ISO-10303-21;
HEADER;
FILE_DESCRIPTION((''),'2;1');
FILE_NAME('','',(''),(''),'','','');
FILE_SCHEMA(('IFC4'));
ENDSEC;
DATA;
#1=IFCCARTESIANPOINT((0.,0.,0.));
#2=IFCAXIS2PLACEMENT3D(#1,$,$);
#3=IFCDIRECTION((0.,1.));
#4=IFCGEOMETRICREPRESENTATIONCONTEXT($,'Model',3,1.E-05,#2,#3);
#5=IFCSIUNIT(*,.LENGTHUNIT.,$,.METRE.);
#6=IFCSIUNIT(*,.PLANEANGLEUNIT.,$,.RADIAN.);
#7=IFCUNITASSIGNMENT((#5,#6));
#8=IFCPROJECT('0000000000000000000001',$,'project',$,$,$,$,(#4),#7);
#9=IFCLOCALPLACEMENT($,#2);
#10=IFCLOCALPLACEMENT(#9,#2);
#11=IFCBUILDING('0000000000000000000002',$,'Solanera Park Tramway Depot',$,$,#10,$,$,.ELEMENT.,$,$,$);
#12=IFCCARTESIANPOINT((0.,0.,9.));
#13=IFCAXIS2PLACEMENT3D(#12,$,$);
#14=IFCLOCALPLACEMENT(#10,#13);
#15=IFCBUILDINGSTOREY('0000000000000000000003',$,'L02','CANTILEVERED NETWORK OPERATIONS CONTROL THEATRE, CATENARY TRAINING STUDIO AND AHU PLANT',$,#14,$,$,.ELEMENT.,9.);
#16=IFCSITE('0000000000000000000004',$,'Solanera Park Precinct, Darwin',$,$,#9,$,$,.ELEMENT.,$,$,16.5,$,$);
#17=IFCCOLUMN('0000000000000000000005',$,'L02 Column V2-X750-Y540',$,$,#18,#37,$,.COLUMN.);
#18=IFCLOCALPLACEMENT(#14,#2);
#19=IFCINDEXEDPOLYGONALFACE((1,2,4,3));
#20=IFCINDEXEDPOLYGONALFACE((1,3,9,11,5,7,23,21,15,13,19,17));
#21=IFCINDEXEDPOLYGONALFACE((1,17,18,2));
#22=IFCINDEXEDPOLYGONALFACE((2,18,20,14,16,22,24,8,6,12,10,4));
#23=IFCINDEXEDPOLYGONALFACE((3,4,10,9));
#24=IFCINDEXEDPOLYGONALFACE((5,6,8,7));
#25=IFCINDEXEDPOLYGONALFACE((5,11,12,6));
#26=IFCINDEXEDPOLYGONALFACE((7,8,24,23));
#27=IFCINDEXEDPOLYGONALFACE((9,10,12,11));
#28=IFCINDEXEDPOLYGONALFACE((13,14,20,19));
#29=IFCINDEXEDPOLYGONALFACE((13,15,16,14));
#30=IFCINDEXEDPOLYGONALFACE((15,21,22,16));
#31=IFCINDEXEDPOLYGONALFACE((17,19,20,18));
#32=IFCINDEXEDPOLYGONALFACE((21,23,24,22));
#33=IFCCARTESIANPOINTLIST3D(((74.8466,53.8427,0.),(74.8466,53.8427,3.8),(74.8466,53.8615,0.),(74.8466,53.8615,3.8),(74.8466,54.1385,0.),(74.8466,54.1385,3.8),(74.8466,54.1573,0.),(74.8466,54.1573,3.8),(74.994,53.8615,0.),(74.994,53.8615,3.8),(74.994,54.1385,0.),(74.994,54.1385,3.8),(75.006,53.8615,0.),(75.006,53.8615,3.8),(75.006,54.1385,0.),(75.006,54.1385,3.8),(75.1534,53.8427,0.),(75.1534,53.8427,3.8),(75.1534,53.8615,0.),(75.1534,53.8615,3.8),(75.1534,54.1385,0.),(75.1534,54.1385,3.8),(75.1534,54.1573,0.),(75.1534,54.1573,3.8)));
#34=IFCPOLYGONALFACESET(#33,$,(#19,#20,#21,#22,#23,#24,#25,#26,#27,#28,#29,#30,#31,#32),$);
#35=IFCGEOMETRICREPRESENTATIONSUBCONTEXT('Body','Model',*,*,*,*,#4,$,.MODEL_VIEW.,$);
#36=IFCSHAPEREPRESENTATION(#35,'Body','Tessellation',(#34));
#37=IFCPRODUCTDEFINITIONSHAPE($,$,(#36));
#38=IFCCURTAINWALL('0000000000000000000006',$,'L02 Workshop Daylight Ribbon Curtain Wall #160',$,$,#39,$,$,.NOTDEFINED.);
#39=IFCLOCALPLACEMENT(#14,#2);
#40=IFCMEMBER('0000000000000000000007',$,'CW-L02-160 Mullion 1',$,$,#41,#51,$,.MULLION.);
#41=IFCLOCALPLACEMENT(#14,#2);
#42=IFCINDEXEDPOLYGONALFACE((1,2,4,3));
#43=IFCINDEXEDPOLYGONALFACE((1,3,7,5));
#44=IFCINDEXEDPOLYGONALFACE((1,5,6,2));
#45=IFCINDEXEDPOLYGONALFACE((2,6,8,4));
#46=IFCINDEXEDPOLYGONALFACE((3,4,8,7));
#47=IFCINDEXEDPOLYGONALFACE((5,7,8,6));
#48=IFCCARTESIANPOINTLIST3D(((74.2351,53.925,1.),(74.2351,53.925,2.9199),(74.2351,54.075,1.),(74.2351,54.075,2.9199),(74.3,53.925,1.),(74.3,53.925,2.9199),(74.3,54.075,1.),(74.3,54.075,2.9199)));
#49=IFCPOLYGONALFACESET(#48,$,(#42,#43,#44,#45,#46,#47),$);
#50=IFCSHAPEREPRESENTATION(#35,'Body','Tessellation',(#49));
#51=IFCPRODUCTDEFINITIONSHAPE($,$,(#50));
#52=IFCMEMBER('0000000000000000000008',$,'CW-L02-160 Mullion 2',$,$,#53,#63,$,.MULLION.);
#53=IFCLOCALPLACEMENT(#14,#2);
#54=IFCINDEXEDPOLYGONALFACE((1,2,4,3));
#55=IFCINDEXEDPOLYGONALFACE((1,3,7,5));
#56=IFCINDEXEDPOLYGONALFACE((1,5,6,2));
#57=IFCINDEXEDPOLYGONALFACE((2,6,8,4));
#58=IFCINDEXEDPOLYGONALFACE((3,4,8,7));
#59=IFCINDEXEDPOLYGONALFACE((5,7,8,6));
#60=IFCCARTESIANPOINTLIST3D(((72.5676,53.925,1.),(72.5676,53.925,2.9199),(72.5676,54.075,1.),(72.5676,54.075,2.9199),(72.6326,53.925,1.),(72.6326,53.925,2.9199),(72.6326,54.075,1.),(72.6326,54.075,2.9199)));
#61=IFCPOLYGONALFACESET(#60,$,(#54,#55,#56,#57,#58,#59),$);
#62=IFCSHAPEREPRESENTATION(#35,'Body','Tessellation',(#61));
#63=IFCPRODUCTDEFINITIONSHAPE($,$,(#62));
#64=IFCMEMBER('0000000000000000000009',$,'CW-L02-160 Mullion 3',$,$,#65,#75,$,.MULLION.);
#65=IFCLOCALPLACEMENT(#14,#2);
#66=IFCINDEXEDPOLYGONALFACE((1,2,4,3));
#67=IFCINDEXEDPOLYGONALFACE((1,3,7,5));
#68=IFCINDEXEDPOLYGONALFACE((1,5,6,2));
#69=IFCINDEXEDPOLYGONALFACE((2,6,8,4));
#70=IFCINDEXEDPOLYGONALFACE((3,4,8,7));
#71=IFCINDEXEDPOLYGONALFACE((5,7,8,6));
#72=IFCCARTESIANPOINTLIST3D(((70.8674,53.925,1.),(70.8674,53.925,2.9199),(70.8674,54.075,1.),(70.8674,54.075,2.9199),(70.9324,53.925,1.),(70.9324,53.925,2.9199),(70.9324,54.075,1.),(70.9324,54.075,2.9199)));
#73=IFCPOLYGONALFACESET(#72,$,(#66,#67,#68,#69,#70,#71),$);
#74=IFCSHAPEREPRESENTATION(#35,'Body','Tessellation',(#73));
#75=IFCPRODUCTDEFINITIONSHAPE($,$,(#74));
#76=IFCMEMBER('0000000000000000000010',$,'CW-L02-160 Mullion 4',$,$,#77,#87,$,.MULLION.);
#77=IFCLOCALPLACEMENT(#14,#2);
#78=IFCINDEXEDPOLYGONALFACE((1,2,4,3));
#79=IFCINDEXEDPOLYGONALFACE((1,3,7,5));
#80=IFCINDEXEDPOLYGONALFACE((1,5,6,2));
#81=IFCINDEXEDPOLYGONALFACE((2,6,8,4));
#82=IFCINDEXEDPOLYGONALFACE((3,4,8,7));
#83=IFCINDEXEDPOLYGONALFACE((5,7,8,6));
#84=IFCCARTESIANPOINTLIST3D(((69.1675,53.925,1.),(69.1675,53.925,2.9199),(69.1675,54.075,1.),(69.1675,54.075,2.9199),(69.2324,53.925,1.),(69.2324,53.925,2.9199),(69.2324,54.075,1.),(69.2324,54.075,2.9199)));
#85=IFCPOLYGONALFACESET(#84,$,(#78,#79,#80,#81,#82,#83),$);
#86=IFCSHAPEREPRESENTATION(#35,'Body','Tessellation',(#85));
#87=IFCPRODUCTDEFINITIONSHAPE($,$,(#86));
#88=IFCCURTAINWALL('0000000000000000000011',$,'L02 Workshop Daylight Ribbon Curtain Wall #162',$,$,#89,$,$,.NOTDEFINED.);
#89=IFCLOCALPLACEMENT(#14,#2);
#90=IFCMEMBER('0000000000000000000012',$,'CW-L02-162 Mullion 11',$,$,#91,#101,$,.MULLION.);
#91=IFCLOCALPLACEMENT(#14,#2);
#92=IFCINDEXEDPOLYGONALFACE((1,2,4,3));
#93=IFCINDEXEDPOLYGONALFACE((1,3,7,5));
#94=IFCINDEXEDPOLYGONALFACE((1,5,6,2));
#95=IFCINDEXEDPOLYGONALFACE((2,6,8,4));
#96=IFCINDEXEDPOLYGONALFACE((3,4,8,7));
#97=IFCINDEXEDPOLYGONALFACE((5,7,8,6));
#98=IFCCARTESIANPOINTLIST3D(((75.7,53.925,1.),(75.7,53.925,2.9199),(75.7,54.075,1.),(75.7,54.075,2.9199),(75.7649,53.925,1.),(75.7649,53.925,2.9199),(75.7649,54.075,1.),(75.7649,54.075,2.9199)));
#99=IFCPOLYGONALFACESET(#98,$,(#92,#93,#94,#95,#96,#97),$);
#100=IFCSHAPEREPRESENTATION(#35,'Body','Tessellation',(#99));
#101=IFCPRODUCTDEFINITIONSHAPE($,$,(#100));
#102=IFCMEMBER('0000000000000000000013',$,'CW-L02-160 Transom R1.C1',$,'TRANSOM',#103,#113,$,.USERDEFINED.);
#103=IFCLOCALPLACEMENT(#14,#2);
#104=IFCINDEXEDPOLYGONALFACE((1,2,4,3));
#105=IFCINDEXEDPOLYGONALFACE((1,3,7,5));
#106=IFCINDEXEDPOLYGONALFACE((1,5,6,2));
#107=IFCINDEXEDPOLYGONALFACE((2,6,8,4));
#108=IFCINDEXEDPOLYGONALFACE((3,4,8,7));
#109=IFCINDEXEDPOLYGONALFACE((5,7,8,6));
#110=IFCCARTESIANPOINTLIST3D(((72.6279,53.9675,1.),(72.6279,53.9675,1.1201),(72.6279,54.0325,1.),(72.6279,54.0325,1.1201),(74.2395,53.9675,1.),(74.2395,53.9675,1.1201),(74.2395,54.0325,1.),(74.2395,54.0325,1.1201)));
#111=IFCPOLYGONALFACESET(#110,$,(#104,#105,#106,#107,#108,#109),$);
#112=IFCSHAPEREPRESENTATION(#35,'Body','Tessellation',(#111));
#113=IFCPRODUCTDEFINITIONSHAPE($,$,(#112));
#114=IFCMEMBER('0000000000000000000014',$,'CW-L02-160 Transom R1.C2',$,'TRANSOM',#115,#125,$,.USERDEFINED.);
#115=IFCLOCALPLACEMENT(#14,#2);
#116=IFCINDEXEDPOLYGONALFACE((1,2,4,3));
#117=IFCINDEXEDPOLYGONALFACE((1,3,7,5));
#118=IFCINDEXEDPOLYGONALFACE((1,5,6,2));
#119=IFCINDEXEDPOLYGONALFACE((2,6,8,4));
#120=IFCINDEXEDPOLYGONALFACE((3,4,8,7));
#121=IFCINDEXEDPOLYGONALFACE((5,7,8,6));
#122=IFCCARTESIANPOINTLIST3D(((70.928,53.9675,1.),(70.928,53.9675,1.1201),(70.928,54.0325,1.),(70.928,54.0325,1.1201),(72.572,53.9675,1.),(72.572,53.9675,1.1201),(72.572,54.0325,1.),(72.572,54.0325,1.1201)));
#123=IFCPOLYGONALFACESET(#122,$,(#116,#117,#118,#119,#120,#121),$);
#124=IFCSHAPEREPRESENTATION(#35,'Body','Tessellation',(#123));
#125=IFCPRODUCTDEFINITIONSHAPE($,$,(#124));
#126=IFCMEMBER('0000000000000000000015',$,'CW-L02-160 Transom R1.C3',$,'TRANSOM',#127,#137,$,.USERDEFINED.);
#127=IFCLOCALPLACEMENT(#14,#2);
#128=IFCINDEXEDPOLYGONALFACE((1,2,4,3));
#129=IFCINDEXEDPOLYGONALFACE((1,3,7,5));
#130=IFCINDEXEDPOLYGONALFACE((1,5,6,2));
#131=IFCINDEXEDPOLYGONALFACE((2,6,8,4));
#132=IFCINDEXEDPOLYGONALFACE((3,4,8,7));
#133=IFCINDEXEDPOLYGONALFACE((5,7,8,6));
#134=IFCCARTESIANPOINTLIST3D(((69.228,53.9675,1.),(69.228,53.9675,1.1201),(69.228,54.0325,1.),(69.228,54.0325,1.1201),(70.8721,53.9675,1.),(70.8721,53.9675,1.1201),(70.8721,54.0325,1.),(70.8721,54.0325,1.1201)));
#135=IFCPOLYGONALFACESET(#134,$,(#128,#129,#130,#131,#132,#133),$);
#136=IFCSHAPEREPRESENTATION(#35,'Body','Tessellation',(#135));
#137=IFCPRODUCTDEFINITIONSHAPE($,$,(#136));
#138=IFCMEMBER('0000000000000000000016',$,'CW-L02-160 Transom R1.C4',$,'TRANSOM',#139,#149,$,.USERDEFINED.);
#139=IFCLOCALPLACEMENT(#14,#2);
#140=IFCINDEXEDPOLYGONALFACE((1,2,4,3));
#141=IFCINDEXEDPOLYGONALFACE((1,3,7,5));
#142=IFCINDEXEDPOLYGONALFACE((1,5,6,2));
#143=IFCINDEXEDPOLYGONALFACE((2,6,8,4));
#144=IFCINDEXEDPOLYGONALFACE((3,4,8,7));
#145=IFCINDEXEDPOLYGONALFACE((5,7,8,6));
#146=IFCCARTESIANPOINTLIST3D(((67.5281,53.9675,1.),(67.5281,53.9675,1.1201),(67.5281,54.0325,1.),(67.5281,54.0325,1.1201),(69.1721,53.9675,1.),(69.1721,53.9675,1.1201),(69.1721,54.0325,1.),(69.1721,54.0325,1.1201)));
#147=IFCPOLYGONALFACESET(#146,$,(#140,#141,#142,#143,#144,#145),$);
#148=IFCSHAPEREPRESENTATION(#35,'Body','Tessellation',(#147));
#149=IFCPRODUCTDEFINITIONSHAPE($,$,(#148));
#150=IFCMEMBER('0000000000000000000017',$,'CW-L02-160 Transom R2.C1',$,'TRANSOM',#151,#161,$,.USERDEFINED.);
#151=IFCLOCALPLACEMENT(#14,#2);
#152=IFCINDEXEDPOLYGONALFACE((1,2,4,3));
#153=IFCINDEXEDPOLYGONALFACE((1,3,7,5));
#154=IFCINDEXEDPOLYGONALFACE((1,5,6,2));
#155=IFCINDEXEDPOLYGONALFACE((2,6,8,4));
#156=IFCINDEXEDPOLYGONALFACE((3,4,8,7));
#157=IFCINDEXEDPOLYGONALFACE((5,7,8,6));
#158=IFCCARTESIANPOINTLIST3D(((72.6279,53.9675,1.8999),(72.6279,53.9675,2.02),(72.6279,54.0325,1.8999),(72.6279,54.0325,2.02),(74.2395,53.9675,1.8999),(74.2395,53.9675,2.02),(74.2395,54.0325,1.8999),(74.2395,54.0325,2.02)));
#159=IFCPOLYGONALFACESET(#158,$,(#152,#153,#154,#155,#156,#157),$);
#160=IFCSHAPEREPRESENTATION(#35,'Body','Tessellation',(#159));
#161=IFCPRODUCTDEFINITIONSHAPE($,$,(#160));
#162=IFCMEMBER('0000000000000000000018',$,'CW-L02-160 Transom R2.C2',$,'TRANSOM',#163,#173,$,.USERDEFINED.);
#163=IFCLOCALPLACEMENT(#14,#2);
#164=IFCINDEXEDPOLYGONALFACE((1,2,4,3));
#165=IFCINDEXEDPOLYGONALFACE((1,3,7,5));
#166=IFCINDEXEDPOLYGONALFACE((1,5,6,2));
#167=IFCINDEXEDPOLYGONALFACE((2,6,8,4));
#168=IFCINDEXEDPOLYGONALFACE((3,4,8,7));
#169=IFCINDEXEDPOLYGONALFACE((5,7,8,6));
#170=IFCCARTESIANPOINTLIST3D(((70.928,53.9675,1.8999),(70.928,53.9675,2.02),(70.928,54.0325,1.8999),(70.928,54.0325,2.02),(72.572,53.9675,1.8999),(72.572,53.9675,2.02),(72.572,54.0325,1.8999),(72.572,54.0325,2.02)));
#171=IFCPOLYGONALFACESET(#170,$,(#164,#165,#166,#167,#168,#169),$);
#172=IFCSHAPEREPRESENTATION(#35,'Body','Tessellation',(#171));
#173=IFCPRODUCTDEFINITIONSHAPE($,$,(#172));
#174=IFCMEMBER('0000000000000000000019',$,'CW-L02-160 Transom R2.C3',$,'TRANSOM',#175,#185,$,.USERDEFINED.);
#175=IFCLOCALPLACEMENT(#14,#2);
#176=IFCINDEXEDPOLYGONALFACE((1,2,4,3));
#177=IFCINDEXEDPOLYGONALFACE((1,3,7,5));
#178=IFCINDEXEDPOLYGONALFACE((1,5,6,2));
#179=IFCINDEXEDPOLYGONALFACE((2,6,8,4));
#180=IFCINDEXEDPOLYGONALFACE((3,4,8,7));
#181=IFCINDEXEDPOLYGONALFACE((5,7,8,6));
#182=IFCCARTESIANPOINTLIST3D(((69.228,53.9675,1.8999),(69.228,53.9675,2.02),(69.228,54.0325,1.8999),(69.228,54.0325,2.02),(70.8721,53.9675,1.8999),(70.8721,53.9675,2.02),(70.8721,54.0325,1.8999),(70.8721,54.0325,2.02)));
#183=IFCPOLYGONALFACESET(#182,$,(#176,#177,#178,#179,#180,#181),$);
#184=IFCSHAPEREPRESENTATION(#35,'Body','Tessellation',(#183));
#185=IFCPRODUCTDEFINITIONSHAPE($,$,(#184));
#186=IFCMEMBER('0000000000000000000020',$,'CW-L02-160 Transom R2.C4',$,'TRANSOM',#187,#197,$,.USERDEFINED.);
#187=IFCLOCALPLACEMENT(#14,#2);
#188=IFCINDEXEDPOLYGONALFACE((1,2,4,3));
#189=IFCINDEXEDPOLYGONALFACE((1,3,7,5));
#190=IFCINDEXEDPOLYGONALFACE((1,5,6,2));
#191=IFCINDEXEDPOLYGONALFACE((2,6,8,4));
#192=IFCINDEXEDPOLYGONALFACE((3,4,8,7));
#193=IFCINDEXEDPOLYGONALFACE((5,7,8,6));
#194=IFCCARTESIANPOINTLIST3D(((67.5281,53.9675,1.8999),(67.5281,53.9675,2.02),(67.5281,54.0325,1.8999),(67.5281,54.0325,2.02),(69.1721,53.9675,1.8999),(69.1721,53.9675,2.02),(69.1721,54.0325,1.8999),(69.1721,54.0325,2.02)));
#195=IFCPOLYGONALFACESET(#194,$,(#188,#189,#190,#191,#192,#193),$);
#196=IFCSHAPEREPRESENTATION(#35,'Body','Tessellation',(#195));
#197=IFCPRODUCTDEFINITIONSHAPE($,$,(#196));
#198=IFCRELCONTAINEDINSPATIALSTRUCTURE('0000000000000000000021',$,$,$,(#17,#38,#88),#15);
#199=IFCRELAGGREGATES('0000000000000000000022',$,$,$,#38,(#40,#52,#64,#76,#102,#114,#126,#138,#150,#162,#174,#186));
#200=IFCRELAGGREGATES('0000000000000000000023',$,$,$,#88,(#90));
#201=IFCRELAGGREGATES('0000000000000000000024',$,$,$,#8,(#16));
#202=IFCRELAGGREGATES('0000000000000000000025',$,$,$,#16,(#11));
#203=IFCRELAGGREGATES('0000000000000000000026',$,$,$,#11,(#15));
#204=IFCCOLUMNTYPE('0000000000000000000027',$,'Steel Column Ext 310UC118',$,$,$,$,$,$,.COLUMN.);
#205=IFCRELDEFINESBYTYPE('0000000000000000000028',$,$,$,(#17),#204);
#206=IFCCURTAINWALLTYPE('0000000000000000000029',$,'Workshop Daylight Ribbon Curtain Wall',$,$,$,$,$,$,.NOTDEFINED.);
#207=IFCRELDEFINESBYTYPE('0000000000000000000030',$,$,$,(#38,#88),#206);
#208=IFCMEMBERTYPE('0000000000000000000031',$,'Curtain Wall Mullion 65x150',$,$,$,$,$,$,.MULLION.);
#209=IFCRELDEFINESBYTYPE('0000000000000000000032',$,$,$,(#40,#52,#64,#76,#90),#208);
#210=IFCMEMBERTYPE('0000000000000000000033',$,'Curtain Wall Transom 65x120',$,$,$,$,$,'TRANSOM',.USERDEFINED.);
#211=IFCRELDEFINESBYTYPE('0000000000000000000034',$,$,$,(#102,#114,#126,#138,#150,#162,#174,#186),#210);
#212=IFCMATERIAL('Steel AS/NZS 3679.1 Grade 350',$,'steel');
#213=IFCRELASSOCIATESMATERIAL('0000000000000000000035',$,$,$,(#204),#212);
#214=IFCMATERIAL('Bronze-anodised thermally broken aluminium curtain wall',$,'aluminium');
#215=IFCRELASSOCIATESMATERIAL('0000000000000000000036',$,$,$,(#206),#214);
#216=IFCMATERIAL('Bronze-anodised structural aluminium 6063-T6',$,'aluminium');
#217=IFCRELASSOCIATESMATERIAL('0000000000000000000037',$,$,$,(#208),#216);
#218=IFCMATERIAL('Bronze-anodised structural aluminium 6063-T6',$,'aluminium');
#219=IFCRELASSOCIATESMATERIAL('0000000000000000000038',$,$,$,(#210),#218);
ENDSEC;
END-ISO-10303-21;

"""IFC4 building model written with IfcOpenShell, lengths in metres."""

from ifc_helpers import new_model, si_unit, direction, frame, origin, origin_2d, place, context, subcontext, project, spatial, rectangle, i_section, extrude, material, material_profile, profile_set, type_object, element, aggregate, save


model = new_model("IFC4")

# Units and contexts
model_context = context("Model", 3, precision=1e-05, world=origin(), true_north=direction((0.0, 1.0)))
body_context = subcontext(model_context, "Body", "Model", "MODEL_VIEW")
ifc_project = project(units=[si_unit("LENGTHUNIT", "METRE"), si_unit("PLANEANGLEUNIT", "RADIAN")], contexts=[model_context])

# Site, building, storey
site_placement = place(None, origin())
site = spatial("IfcSite", under=ifc_project, at=site_placement, Name="Solanera Park Precinct, Darwin", CompositionType="ELEMENT", RefElevation=16.5)
building_placement = place(site_placement, origin())
building = spatial("IfcBuilding", under=site, at=building_placement, Name="Solanera Park Tramway Depot", CompositionType="ELEMENT")
storey_placement = place(building_placement, frame((0.0, 0.0, 9.0)))
storey = spatial("IfcBuildingStorey", under=building, at=storey_placement, Name="L02", Description="CANTILEVERED NETWORK OPERATIONS CONTROL THEATRE, CATENARY TRAINING STUDIO AND AHU PLANT", CompositionType="ELEMENT", Elevation=9.0)

# Column
ifc_material_1 = material(Name="Steel AS/NZS 3679.1 Grade 350", Category="steel")
ifc_material_profile_1 = material_profile(ifc_material_1, i_section(OverallWidth=0.3069, OverallDepth=0.3147, WebThickness=0.012, FlangeThickness=0.0188, at=origin_2d()), Name="310UC118")
ifc_profile_set_1 = profile_set([ifc_material_profile_1], Name="Steel AS/NZS 3679.1 Grade 350")
column_type = type_object("IfcColumnType", Name="Steel Column Ext 310UC118", PredefinedType="COLUMN", material=ifc_profile_set_1)
column_placement = place(storey_placement, frame((75.0, 54.0, 0.0), z_axis=(0.0, 0.0, 1.0), x_axis=(1.0, 0.0, 0.0)))
element("IfcColumn", 1, at=column_placement, inside=storey, type_object=column_type, Name="L02 Column V2-X750-Y540", PredefinedType="COLUMN", context=body_context, shape_type="SweptSolid", body=[
    extrude(i_section(OverallWidth=0.3069, OverallDepth=0.3147, WebThickness=0.012, FlangeThickness=0.0188, at=origin_2d()), origin(), (0.0, 0.0, 1.0), 3.8),
])

# Curtain wall, members
ifc_material_2 = material(Name="Bronze-anodised thermally broken aluminium curtain wall", Category="aluminium")
curtain_wall_type = type_object("IfcCurtainWallType", Name="Workshop Daylight Ribbon Curtain Wall", PredefinedType="NOTDEFINED", material=ifc_material_2)
curtain_wall_1_placement = place(storey_placement, origin())
curtain_wall_1 = element("IfcCurtainWall", 2, at=curtain_wall_1_placement, inside=storey, type_object=curtain_wall_type, Name="L02 Workshop Daylight Ribbon Curtain Wall #160", PredefinedType="NOTDEFINED")
ifc_material_3 = material(Name="Bronze-anodised structural aluminium 6063-T6", Category="aluminium")
ifc_material_profile_2 = material_profile(ifc_material_3, rectangle(XDim=0.0649, YDim=0.1499, at=origin_2d()), Name="Curtain Wall Mullion 65x150")
ifc_profile_set_2 = profile_set([ifc_material_profile_2], Name="Bronze-anodised structural aluminium 6063-T6")
member_type_1 = type_object("IfcMemberType", Name="Curtain Wall Mullion 65x150", PredefinedType="MULLION", material=ifc_profile_set_2)
member_1_placement = place(storey_placement, frame((74.2676, 54.0, 1.0), z_axis=(0.0, 0.0, 1.0), x_axis=(1.0, 0.0, 0.0)))
member_1 = element("IfcMember", 3, at=member_1_placement, type_object=member_type_1, Name="CW-L02-160 Mullion 1", PredefinedType="MULLION", context=body_context, shape_type="SweptSolid", body=[
    extrude(rectangle(XDim=0.0649, YDim=0.1499, at=origin_2d()), origin(), (0.0, 0.0, 1.0), 1.9199),
])
member_2_placement = place(storey_placement, frame((72.6001, 54.0, 1.0), z_axis=(0.0, 0.0, 1.0), x_axis=(1.0, 0.0, 0.0)))
member_2 = element("IfcMember", 4, at=member_2_placement, type_object=member_type_1, Name="CW-L02-160 Mullion 2", PredefinedType="MULLION", context=body_context, shape_type="SweptSolid", body=[
    extrude(rectangle(XDim=0.0649, YDim=0.1499, at=origin_2d()), origin(), (0.0, 0.0, 1.0), 1.9199),
])
member_3_placement = place(storey_placement, frame((70.8999, 54.0, 1.0), z_axis=(0.0, 0.0, 1.0), x_axis=(1.0, 0.0, 0.0)))
member_3 = element("IfcMember", 5, at=member_3_placement, type_object=member_type_1, Name="CW-L02-160 Mullion 3", PredefinedType="MULLION", context=body_context, shape_type="SweptSolid", body=[
    extrude(rectangle(XDim=0.0649, YDim=0.1499, at=origin_2d()), origin(), (0.0, 0.0, 1.0), 1.9199),
])
member_4_placement = place(storey_placement, frame((69.2, 54.0, 1.0), z_axis=(0.0, 0.0, 1.0), x_axis=(1.0, 0.0, 0.0)))
member_4 = element("IfcMember", 6, at=member_4_placement, type_object=member_type_1, Name="CW-L02-160 Mullion 4", PredefinedType="MULLION", context=body_context, shape_type="SweptSolid", body=[
    extrude(rectangle(XDim=0.0649, YDim=0.1499, at=origin_2d()), origin(), (0.0, 0.0, 1.0), 1.9199),
])

# Curtain wall, member
curtain_wall_2_placement = place(storey_placement, origin())
curtain_wall_2 = element("IfcCurtainWall", 7, at=curtain_wall_2_placement, inside=storey, type_object=curtain_wall_type, Name="L02 Workshop Daylight Ribbon Curtain Wall #162", PredefinedType="NOTDEFINED")
member_5_placement = place(storey_placement, frame((75.7324, 54.0, 1.0), z_axis=(0.0, 0.0, 1.0), x_axis=(1.0, 0.0, 0.0)))
member_5 = element("IfcMember", 8, at=member_5_placement, type_object=member_type_1, Name="CW-L02-162 Mullion 11", PredefinedType="MULLION", context=body_context, shape_type="SweptSolid", body=[
    extrude(rectangle(XDim=0.0649, YDim=0.1499, at=origin_2d()), origin(), (0.0, 0.0, 1.0), 1.9199),
])

# Members
ifc_material_4 = material(Name="Bronze-anodised structural aluminium 6063-T6", Category="aluminium")
ifc_material_profile_3 = material_profile(ifc_material_4, rectangle(XDim=0.0649, YDim=0.1201, at=origin_2d()), Name="Curtain Wall Transom 65x120")
ifc_profile_set_3 = profile_set([ifc_material_profile_3], Name="Bronze-anodised structural aluminium 6063-T6")
member_type_2 = type_object("IfcMemberType", Name="Curtain Wall Transom 65x120", ElementType="TRANSOM", PredefinedType="USERDEFINED", material=ifc_profile_set_3)
member_6_placement = place(storey_placement, frame((74.2395, 54.0, 1.0601), z_axis=(-1.0, 0.0, 0.0), x_axis=(0.0, -1.0, 0.0)))
member_6 = element("IfcMember", 9, at=member_6_placement, type_object=member_type_2, Name="CW-L02-160 Transom R1.C1", ObjectType="TRANSOM", PredefinedType="USERDEFINED", context=body_context, shape_type="SweptSolid", body=[
    extrude(rectangle(XDim=0.0649, YDim=0.1201, at=origin_2d()), origin(), (0.0, 0.0, 1.0), 1.6116),
])
member_7_placement = place(storey_placement, frame((72.572, 54.0, 1.0601), z_axis=(-1.0, 0.0, 0.0), x_axis=(0.0, -1.0, 0.0)))
member_7 = element("IfcMember", 10, at=member_7_placement, type_object=member_type_2, Name="CW-L02-160 Transom R1.C2", ObjectType="TRANSOM", PredefinedType="USERDEFINED", context=body_context, shape_type="SweptSolid", body=[
    extrude(rectangle(XDim=0.0649, YDim=0.1201, at=origin_2d()), origin(), (0.0, 0.0, 1.0), 1.644),
])
member_8_placement = place(storey_placement, frame((70.8721, 54.0, 1.0601), z_axis=(-1.0, 0.0, 0.0), x_axis=(0.0, -1.0, 0.0)))
member_8 = element("IfcMember", 11, at=member_8_placement, type_object=member_type_2, Name="CW-L02-160 Transom R1.C3", ObjectType="TRANSOM", PredefinedType="USERDEFINED", context=body_context, shape_type="SweptSolid", body=[
    extrude(rectangle(XDim=0.0649, YDim=0.1201, at=origin_2d()), origin(), (0.0, 0.0, 1.0), 1.644),
])
member_9_placement = place(storey_placement, frame((69.1721, 54.0, 1.0601), z_axis=(-1.0, 0.0, 0.0), x_axis=(0.0, -1.0, 0.0)))
member_9 = element("IfcMember", 12, at=member_9_placement, type_object=member_type_2, Name="CW-L02-160 Transom R1.C4", ObjectType="TRANSOM", PredefinedType="USERDEFINED", context=body_context, shape_type="SweptSolid", body=[
    extrude(rectangle(XDim=0.0649, YDim=0.1201, at=origin_2d()), origin(), (0.0, 0.0, 1.0), 1.644),
])
member_10_placement = place(storey_placement, frame((74.2395, 54.0, 1.96), z_axis=(-1.0, 0.0, 0.0), x_axis=(0.0, -1.0, 0.0)))
member_10 = element("IfcMember", 13, at=member_10_placement, type_object=member_type_2, Name="CW-L02-160 Transom R2.C1", ObjectType="TRANSOM", PredefinedType="USERDEFINED", context=body_context, shape_type="SweptSolid", body=[
    extrude(rectangle(XDim=0.0649, YDim=0.1201, at=origin_2d()), origin(), (0.0, 0.0, 1.0), 1.6116),
])
member_11_placement = place(storey_placement, frame((72.572, 54.0, 1.96), z_axis=(-1.0, 0.0, 0.0), x_axis=(0.0, -1.0, 0.0)))
member_11 = element("IfcMember", 14, at=member_11_placement, type_object=member_type_2, Name="CW-L02-160 Transom R2.C2", ObjectType="TRANSOM", PredefinedType="USERDEFINED", context=body_context, shape_type="SweptSolid", body=[
    extrude(rectangle(XDim=0.0649, YDim=0.1201, at=origin_2d()), origin(), (0.0, 0.0, 1.0), 1.644),
])
member_12_placement = place(storey_placement, frame((70.8721, 54.0, 1.96), z_axis=(-1.0, 0.0, 0.0), x_axis=(0.0, -1.0, 0.0)))
member_12 = element("IfcMember", 15, at=member_12_placement, type_object=member_type_2, Name="CW-L02-160 Transom R2.C3", ObjectType="TRANSOM", PredefinedType="USERDEFINED", context=body_context, shape_type="SweptSolid", body=[
    extrude(rectangle(XDim=0.0649, YDim=0.1201, at=origin_2d()), origin(), (0.0, 0.0, 1.0), 1.644),
])
member_13_placement = place(storey_placement, frame((69.1721, 54.0, 1.96), z_axis=(-1.0, 0.0, 0.0), x_axis=(0.0, -1.0, 0.0)))
member_13 = element("IfcMember", 16, at=member_13_placement, type_object=member_type_2, Name="CW-L02-160 Transom R2.C4", ObjectType="TRANSOM", PredefinedType="USERDEFINED", context=body_context, shape_type="SweptSolid", body=[
    extrude(rectangle(XDim=0.0649, YDim=0.1201, at=origin_2d()), origin(), (0.0, 0.0, 1.0), 1.644),
])

aggregate(curtain_wall_1, [member_1, member_2, member_3, member_4, member_6, member_7, member_8, member_9, member_10, member_11, member_12, member_13])
aggregate(curtain_wall_2, [member_5])

save(model, "model.ifc")
